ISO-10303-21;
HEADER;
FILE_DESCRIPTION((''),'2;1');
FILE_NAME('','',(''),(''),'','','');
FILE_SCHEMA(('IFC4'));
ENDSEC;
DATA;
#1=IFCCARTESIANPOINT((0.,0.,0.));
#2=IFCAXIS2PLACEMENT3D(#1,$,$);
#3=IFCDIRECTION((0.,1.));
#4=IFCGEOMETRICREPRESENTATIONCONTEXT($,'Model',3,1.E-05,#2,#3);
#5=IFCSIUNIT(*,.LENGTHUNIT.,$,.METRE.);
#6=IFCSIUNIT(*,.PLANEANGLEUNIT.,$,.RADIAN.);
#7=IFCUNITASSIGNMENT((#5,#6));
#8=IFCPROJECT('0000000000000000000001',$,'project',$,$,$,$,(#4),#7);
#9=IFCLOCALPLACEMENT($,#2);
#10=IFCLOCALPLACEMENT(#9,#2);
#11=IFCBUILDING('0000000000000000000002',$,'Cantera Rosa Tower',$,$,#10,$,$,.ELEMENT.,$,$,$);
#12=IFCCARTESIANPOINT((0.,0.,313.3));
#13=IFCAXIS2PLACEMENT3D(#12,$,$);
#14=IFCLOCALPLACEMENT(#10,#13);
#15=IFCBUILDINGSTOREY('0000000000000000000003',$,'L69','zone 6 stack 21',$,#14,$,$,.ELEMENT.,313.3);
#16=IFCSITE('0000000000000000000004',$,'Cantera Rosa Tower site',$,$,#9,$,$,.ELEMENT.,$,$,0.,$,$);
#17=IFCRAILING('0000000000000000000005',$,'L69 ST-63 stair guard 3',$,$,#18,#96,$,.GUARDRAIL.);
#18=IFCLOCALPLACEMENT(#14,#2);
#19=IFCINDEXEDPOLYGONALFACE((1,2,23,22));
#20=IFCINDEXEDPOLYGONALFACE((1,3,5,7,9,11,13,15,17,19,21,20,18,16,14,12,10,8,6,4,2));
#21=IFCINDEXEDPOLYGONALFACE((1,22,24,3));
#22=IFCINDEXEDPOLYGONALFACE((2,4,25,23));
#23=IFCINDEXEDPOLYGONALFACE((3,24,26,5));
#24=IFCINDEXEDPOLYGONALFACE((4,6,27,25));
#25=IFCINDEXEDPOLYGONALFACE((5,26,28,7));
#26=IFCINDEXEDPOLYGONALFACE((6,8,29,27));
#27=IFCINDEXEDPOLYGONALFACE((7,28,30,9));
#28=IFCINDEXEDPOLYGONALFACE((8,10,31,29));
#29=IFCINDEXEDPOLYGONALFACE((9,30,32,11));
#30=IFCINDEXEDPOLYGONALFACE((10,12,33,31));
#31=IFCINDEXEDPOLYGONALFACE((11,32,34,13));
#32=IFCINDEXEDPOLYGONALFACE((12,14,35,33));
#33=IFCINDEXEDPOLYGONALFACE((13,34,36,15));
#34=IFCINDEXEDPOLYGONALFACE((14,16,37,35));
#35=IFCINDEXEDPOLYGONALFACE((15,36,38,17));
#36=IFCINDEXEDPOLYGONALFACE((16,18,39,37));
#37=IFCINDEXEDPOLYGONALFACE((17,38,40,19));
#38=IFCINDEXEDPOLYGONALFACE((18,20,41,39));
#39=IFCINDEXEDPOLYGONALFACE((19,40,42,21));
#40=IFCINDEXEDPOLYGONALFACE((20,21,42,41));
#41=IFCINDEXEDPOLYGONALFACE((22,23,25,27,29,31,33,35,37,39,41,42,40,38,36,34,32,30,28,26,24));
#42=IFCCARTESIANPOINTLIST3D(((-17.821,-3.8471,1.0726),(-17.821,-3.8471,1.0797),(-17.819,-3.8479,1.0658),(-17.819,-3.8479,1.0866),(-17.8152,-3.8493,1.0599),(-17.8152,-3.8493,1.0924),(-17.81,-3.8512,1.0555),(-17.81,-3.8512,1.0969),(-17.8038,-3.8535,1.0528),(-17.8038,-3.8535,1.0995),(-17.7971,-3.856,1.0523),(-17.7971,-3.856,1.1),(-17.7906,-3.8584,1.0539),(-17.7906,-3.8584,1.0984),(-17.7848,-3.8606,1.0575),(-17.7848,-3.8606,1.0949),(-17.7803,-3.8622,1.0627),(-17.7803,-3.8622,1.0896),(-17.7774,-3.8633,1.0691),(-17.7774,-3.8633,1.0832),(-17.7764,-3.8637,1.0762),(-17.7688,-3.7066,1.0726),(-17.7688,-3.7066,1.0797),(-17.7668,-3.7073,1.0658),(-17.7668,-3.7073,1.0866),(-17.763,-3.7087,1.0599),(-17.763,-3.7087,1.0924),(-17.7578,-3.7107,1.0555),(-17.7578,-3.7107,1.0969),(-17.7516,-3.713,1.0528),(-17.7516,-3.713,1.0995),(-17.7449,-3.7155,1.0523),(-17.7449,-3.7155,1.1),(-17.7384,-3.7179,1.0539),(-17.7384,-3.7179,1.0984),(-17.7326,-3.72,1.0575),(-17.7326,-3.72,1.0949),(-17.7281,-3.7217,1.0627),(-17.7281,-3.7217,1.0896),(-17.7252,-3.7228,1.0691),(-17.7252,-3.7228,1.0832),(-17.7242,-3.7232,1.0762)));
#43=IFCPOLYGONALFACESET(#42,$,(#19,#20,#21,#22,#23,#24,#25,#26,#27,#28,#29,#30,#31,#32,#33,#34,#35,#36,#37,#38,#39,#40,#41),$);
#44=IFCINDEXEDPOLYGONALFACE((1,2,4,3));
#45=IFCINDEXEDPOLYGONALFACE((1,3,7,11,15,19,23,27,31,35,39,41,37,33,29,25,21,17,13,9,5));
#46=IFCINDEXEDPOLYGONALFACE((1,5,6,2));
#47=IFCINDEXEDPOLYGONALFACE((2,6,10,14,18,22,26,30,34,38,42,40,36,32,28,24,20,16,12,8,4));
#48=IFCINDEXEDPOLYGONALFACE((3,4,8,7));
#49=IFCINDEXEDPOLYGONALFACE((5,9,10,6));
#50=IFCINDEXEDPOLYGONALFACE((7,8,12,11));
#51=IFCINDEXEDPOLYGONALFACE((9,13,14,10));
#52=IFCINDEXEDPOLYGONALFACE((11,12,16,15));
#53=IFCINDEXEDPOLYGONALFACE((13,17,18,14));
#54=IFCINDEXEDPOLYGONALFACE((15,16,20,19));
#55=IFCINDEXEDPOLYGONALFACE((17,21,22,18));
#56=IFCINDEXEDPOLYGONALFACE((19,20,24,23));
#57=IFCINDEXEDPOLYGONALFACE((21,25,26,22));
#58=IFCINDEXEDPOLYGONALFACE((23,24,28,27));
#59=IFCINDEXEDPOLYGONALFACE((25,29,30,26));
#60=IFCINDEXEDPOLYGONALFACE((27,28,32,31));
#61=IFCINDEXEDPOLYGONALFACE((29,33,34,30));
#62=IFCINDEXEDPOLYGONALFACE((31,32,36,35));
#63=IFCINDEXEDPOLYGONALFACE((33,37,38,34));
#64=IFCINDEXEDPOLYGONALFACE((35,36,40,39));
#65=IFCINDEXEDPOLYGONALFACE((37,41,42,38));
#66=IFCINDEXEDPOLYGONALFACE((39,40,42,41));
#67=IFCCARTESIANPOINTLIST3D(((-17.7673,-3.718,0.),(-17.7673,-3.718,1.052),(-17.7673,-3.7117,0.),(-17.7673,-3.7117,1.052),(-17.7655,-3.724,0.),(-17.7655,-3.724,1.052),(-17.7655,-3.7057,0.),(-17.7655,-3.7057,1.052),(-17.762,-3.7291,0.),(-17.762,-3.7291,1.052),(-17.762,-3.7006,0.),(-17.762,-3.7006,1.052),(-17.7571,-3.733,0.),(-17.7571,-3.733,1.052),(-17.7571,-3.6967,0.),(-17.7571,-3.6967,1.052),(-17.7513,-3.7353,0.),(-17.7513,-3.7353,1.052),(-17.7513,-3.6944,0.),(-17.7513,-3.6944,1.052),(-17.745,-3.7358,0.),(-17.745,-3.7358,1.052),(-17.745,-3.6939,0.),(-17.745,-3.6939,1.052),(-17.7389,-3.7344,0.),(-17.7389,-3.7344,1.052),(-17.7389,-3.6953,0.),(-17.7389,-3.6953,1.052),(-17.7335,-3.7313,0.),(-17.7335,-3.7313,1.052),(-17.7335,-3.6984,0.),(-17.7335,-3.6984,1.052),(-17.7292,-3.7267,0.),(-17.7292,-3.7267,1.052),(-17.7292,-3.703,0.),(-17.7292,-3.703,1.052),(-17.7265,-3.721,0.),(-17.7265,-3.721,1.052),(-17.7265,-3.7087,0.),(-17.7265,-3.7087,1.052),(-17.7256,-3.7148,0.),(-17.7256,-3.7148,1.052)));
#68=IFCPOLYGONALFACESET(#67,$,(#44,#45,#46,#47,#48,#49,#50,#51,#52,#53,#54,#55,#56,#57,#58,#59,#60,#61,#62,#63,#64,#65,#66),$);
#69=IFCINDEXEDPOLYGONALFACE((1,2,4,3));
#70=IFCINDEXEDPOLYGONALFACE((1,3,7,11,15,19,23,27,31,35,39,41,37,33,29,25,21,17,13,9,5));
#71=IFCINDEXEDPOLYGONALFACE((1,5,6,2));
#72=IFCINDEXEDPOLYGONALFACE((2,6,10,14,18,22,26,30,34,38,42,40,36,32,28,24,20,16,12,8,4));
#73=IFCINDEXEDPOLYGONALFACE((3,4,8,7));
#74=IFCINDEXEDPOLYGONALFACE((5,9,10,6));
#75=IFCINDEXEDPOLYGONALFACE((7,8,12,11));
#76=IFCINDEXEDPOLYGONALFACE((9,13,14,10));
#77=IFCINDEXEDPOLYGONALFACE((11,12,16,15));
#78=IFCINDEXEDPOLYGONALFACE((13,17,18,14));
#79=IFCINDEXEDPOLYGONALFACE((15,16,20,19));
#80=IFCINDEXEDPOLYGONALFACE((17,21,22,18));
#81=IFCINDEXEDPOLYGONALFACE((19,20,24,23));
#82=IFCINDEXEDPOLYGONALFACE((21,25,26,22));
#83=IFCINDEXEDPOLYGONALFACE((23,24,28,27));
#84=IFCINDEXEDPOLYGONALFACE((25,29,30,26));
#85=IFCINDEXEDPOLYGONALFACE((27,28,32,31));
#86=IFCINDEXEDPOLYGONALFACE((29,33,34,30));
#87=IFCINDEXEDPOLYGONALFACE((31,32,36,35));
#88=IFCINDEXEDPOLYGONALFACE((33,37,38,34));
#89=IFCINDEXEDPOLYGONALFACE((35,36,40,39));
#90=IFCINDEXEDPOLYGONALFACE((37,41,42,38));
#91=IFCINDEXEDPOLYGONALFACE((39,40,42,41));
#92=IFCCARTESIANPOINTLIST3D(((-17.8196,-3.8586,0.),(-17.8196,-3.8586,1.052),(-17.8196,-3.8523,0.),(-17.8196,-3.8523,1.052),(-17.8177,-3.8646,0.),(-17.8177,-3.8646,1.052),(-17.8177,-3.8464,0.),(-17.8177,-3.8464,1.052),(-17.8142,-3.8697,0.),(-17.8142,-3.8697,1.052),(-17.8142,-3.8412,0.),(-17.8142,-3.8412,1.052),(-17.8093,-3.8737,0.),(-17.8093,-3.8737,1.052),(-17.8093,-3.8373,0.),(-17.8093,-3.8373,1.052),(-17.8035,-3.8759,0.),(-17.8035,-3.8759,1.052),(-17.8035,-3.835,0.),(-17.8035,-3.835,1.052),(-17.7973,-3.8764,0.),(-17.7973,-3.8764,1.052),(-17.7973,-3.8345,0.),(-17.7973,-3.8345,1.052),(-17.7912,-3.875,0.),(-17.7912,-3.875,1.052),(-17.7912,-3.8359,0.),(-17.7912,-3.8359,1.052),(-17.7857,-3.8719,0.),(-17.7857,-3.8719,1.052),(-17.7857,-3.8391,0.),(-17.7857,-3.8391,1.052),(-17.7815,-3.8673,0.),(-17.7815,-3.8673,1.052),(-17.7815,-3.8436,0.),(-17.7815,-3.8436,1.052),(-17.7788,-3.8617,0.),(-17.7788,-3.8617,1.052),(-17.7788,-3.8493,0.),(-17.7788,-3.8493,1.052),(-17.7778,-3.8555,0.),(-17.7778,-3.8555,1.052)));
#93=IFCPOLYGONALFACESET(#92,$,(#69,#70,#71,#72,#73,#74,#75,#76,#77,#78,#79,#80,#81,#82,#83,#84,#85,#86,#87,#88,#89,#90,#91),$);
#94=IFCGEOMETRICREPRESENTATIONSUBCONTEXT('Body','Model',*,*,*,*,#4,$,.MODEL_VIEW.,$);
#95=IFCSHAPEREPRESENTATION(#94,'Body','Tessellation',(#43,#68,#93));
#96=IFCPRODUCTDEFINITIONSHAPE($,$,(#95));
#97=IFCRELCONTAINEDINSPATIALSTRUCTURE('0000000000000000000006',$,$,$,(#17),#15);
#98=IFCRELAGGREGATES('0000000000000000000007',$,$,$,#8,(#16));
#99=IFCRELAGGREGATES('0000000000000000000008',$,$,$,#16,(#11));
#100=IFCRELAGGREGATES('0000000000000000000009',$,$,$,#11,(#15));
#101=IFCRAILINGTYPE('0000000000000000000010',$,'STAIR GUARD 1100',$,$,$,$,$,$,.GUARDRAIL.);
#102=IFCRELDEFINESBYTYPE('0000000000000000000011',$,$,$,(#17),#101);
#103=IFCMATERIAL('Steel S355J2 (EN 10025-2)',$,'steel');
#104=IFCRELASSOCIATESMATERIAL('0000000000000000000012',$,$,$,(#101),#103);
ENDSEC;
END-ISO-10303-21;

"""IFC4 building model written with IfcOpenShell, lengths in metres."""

from ifc_helpers import new_model, si_unit, direction, frame, origin, origin_2d, place, context, subcontext, project, spatial, circle, extrude, material, type_object, element, save


model = new_model("IFC4")

# Units and contexts
model_context = context("Model", 3, precision=1e-05, world=origin(), true_north=direction((0.0, 1.0)))
body_context = subcontext(model_context, "Body", "Model", "MODEL_VIEW")
ifc_project = project(units=[si_unit("LENGTHUNIT", "METRE"), si_unit("PLANEANGLEUNIT", "RADIAN")], contexts=[model_context])

# Site, building, storey
site_placement = place(None, origin())
site = spatial("IfcSite", under=ifc_project, at=site_placement, Name="Cantera Rosa Tower site", CompositionType="ELEMENT", RefElevation=0.0)
building_placement = place(site_placement, origin())
building = spatial("IfcBuilding", under=site, at=building_placement, Name="Cantera Rosa Tower", CompositionType="ELEMENT")
storey_placement = place(building_placement, frame((0.0, 0.0, 313.3)))
storey = spatial("IfcBuildingStorey", under=building, at=storey_placement, Name="L69", Description="zone 6 stack 21", CompositionType="ELEMENT", Elevation=313.3)

# Railing
ifc_material_1 = material(Name="Steel S355J2 (EN 10025-2)", Category="steel")
railing_type_1 = type_object("IfcRailingType", Name="STAIR GUARD 1100", PredefinedType="GUARDRAIL", material=ifc_material_1)
railing_1_placement = place(storey_placement, frame((-17.7466, -3.7148, 0.0)))
element("IfcRailing", 1, at=railing_1_placement, inside=storey, type_object=railing_type_1, Name="L69 ST-63 stair guard 3", PredefinedType="GUARDRAIL", context=body_context, shape_type="SweptSolid", body=[
    extrude(circle(Radius=0.0239, at=origin_2d()), frame((0.0, 0.0, 1.0762), z_axis=(-0.348268, -0.937395, 0.0), x_axis=(0.937395, -0.348268, 0.0)), (0.0, 0.0, 1.0), 0.1499),
    extrude(circle(Radius=0.021, at=origin_2d()), origin(), (0.0, 0.0, 1.0), 1.052),
    extrude(circle(Radius=0.021, at=origin_2d()), frame((-0.0522, -0.1406, 0.0)), (0.0, 0.0, 1.0), 1.052),
])

save(model, "model.ifc")
